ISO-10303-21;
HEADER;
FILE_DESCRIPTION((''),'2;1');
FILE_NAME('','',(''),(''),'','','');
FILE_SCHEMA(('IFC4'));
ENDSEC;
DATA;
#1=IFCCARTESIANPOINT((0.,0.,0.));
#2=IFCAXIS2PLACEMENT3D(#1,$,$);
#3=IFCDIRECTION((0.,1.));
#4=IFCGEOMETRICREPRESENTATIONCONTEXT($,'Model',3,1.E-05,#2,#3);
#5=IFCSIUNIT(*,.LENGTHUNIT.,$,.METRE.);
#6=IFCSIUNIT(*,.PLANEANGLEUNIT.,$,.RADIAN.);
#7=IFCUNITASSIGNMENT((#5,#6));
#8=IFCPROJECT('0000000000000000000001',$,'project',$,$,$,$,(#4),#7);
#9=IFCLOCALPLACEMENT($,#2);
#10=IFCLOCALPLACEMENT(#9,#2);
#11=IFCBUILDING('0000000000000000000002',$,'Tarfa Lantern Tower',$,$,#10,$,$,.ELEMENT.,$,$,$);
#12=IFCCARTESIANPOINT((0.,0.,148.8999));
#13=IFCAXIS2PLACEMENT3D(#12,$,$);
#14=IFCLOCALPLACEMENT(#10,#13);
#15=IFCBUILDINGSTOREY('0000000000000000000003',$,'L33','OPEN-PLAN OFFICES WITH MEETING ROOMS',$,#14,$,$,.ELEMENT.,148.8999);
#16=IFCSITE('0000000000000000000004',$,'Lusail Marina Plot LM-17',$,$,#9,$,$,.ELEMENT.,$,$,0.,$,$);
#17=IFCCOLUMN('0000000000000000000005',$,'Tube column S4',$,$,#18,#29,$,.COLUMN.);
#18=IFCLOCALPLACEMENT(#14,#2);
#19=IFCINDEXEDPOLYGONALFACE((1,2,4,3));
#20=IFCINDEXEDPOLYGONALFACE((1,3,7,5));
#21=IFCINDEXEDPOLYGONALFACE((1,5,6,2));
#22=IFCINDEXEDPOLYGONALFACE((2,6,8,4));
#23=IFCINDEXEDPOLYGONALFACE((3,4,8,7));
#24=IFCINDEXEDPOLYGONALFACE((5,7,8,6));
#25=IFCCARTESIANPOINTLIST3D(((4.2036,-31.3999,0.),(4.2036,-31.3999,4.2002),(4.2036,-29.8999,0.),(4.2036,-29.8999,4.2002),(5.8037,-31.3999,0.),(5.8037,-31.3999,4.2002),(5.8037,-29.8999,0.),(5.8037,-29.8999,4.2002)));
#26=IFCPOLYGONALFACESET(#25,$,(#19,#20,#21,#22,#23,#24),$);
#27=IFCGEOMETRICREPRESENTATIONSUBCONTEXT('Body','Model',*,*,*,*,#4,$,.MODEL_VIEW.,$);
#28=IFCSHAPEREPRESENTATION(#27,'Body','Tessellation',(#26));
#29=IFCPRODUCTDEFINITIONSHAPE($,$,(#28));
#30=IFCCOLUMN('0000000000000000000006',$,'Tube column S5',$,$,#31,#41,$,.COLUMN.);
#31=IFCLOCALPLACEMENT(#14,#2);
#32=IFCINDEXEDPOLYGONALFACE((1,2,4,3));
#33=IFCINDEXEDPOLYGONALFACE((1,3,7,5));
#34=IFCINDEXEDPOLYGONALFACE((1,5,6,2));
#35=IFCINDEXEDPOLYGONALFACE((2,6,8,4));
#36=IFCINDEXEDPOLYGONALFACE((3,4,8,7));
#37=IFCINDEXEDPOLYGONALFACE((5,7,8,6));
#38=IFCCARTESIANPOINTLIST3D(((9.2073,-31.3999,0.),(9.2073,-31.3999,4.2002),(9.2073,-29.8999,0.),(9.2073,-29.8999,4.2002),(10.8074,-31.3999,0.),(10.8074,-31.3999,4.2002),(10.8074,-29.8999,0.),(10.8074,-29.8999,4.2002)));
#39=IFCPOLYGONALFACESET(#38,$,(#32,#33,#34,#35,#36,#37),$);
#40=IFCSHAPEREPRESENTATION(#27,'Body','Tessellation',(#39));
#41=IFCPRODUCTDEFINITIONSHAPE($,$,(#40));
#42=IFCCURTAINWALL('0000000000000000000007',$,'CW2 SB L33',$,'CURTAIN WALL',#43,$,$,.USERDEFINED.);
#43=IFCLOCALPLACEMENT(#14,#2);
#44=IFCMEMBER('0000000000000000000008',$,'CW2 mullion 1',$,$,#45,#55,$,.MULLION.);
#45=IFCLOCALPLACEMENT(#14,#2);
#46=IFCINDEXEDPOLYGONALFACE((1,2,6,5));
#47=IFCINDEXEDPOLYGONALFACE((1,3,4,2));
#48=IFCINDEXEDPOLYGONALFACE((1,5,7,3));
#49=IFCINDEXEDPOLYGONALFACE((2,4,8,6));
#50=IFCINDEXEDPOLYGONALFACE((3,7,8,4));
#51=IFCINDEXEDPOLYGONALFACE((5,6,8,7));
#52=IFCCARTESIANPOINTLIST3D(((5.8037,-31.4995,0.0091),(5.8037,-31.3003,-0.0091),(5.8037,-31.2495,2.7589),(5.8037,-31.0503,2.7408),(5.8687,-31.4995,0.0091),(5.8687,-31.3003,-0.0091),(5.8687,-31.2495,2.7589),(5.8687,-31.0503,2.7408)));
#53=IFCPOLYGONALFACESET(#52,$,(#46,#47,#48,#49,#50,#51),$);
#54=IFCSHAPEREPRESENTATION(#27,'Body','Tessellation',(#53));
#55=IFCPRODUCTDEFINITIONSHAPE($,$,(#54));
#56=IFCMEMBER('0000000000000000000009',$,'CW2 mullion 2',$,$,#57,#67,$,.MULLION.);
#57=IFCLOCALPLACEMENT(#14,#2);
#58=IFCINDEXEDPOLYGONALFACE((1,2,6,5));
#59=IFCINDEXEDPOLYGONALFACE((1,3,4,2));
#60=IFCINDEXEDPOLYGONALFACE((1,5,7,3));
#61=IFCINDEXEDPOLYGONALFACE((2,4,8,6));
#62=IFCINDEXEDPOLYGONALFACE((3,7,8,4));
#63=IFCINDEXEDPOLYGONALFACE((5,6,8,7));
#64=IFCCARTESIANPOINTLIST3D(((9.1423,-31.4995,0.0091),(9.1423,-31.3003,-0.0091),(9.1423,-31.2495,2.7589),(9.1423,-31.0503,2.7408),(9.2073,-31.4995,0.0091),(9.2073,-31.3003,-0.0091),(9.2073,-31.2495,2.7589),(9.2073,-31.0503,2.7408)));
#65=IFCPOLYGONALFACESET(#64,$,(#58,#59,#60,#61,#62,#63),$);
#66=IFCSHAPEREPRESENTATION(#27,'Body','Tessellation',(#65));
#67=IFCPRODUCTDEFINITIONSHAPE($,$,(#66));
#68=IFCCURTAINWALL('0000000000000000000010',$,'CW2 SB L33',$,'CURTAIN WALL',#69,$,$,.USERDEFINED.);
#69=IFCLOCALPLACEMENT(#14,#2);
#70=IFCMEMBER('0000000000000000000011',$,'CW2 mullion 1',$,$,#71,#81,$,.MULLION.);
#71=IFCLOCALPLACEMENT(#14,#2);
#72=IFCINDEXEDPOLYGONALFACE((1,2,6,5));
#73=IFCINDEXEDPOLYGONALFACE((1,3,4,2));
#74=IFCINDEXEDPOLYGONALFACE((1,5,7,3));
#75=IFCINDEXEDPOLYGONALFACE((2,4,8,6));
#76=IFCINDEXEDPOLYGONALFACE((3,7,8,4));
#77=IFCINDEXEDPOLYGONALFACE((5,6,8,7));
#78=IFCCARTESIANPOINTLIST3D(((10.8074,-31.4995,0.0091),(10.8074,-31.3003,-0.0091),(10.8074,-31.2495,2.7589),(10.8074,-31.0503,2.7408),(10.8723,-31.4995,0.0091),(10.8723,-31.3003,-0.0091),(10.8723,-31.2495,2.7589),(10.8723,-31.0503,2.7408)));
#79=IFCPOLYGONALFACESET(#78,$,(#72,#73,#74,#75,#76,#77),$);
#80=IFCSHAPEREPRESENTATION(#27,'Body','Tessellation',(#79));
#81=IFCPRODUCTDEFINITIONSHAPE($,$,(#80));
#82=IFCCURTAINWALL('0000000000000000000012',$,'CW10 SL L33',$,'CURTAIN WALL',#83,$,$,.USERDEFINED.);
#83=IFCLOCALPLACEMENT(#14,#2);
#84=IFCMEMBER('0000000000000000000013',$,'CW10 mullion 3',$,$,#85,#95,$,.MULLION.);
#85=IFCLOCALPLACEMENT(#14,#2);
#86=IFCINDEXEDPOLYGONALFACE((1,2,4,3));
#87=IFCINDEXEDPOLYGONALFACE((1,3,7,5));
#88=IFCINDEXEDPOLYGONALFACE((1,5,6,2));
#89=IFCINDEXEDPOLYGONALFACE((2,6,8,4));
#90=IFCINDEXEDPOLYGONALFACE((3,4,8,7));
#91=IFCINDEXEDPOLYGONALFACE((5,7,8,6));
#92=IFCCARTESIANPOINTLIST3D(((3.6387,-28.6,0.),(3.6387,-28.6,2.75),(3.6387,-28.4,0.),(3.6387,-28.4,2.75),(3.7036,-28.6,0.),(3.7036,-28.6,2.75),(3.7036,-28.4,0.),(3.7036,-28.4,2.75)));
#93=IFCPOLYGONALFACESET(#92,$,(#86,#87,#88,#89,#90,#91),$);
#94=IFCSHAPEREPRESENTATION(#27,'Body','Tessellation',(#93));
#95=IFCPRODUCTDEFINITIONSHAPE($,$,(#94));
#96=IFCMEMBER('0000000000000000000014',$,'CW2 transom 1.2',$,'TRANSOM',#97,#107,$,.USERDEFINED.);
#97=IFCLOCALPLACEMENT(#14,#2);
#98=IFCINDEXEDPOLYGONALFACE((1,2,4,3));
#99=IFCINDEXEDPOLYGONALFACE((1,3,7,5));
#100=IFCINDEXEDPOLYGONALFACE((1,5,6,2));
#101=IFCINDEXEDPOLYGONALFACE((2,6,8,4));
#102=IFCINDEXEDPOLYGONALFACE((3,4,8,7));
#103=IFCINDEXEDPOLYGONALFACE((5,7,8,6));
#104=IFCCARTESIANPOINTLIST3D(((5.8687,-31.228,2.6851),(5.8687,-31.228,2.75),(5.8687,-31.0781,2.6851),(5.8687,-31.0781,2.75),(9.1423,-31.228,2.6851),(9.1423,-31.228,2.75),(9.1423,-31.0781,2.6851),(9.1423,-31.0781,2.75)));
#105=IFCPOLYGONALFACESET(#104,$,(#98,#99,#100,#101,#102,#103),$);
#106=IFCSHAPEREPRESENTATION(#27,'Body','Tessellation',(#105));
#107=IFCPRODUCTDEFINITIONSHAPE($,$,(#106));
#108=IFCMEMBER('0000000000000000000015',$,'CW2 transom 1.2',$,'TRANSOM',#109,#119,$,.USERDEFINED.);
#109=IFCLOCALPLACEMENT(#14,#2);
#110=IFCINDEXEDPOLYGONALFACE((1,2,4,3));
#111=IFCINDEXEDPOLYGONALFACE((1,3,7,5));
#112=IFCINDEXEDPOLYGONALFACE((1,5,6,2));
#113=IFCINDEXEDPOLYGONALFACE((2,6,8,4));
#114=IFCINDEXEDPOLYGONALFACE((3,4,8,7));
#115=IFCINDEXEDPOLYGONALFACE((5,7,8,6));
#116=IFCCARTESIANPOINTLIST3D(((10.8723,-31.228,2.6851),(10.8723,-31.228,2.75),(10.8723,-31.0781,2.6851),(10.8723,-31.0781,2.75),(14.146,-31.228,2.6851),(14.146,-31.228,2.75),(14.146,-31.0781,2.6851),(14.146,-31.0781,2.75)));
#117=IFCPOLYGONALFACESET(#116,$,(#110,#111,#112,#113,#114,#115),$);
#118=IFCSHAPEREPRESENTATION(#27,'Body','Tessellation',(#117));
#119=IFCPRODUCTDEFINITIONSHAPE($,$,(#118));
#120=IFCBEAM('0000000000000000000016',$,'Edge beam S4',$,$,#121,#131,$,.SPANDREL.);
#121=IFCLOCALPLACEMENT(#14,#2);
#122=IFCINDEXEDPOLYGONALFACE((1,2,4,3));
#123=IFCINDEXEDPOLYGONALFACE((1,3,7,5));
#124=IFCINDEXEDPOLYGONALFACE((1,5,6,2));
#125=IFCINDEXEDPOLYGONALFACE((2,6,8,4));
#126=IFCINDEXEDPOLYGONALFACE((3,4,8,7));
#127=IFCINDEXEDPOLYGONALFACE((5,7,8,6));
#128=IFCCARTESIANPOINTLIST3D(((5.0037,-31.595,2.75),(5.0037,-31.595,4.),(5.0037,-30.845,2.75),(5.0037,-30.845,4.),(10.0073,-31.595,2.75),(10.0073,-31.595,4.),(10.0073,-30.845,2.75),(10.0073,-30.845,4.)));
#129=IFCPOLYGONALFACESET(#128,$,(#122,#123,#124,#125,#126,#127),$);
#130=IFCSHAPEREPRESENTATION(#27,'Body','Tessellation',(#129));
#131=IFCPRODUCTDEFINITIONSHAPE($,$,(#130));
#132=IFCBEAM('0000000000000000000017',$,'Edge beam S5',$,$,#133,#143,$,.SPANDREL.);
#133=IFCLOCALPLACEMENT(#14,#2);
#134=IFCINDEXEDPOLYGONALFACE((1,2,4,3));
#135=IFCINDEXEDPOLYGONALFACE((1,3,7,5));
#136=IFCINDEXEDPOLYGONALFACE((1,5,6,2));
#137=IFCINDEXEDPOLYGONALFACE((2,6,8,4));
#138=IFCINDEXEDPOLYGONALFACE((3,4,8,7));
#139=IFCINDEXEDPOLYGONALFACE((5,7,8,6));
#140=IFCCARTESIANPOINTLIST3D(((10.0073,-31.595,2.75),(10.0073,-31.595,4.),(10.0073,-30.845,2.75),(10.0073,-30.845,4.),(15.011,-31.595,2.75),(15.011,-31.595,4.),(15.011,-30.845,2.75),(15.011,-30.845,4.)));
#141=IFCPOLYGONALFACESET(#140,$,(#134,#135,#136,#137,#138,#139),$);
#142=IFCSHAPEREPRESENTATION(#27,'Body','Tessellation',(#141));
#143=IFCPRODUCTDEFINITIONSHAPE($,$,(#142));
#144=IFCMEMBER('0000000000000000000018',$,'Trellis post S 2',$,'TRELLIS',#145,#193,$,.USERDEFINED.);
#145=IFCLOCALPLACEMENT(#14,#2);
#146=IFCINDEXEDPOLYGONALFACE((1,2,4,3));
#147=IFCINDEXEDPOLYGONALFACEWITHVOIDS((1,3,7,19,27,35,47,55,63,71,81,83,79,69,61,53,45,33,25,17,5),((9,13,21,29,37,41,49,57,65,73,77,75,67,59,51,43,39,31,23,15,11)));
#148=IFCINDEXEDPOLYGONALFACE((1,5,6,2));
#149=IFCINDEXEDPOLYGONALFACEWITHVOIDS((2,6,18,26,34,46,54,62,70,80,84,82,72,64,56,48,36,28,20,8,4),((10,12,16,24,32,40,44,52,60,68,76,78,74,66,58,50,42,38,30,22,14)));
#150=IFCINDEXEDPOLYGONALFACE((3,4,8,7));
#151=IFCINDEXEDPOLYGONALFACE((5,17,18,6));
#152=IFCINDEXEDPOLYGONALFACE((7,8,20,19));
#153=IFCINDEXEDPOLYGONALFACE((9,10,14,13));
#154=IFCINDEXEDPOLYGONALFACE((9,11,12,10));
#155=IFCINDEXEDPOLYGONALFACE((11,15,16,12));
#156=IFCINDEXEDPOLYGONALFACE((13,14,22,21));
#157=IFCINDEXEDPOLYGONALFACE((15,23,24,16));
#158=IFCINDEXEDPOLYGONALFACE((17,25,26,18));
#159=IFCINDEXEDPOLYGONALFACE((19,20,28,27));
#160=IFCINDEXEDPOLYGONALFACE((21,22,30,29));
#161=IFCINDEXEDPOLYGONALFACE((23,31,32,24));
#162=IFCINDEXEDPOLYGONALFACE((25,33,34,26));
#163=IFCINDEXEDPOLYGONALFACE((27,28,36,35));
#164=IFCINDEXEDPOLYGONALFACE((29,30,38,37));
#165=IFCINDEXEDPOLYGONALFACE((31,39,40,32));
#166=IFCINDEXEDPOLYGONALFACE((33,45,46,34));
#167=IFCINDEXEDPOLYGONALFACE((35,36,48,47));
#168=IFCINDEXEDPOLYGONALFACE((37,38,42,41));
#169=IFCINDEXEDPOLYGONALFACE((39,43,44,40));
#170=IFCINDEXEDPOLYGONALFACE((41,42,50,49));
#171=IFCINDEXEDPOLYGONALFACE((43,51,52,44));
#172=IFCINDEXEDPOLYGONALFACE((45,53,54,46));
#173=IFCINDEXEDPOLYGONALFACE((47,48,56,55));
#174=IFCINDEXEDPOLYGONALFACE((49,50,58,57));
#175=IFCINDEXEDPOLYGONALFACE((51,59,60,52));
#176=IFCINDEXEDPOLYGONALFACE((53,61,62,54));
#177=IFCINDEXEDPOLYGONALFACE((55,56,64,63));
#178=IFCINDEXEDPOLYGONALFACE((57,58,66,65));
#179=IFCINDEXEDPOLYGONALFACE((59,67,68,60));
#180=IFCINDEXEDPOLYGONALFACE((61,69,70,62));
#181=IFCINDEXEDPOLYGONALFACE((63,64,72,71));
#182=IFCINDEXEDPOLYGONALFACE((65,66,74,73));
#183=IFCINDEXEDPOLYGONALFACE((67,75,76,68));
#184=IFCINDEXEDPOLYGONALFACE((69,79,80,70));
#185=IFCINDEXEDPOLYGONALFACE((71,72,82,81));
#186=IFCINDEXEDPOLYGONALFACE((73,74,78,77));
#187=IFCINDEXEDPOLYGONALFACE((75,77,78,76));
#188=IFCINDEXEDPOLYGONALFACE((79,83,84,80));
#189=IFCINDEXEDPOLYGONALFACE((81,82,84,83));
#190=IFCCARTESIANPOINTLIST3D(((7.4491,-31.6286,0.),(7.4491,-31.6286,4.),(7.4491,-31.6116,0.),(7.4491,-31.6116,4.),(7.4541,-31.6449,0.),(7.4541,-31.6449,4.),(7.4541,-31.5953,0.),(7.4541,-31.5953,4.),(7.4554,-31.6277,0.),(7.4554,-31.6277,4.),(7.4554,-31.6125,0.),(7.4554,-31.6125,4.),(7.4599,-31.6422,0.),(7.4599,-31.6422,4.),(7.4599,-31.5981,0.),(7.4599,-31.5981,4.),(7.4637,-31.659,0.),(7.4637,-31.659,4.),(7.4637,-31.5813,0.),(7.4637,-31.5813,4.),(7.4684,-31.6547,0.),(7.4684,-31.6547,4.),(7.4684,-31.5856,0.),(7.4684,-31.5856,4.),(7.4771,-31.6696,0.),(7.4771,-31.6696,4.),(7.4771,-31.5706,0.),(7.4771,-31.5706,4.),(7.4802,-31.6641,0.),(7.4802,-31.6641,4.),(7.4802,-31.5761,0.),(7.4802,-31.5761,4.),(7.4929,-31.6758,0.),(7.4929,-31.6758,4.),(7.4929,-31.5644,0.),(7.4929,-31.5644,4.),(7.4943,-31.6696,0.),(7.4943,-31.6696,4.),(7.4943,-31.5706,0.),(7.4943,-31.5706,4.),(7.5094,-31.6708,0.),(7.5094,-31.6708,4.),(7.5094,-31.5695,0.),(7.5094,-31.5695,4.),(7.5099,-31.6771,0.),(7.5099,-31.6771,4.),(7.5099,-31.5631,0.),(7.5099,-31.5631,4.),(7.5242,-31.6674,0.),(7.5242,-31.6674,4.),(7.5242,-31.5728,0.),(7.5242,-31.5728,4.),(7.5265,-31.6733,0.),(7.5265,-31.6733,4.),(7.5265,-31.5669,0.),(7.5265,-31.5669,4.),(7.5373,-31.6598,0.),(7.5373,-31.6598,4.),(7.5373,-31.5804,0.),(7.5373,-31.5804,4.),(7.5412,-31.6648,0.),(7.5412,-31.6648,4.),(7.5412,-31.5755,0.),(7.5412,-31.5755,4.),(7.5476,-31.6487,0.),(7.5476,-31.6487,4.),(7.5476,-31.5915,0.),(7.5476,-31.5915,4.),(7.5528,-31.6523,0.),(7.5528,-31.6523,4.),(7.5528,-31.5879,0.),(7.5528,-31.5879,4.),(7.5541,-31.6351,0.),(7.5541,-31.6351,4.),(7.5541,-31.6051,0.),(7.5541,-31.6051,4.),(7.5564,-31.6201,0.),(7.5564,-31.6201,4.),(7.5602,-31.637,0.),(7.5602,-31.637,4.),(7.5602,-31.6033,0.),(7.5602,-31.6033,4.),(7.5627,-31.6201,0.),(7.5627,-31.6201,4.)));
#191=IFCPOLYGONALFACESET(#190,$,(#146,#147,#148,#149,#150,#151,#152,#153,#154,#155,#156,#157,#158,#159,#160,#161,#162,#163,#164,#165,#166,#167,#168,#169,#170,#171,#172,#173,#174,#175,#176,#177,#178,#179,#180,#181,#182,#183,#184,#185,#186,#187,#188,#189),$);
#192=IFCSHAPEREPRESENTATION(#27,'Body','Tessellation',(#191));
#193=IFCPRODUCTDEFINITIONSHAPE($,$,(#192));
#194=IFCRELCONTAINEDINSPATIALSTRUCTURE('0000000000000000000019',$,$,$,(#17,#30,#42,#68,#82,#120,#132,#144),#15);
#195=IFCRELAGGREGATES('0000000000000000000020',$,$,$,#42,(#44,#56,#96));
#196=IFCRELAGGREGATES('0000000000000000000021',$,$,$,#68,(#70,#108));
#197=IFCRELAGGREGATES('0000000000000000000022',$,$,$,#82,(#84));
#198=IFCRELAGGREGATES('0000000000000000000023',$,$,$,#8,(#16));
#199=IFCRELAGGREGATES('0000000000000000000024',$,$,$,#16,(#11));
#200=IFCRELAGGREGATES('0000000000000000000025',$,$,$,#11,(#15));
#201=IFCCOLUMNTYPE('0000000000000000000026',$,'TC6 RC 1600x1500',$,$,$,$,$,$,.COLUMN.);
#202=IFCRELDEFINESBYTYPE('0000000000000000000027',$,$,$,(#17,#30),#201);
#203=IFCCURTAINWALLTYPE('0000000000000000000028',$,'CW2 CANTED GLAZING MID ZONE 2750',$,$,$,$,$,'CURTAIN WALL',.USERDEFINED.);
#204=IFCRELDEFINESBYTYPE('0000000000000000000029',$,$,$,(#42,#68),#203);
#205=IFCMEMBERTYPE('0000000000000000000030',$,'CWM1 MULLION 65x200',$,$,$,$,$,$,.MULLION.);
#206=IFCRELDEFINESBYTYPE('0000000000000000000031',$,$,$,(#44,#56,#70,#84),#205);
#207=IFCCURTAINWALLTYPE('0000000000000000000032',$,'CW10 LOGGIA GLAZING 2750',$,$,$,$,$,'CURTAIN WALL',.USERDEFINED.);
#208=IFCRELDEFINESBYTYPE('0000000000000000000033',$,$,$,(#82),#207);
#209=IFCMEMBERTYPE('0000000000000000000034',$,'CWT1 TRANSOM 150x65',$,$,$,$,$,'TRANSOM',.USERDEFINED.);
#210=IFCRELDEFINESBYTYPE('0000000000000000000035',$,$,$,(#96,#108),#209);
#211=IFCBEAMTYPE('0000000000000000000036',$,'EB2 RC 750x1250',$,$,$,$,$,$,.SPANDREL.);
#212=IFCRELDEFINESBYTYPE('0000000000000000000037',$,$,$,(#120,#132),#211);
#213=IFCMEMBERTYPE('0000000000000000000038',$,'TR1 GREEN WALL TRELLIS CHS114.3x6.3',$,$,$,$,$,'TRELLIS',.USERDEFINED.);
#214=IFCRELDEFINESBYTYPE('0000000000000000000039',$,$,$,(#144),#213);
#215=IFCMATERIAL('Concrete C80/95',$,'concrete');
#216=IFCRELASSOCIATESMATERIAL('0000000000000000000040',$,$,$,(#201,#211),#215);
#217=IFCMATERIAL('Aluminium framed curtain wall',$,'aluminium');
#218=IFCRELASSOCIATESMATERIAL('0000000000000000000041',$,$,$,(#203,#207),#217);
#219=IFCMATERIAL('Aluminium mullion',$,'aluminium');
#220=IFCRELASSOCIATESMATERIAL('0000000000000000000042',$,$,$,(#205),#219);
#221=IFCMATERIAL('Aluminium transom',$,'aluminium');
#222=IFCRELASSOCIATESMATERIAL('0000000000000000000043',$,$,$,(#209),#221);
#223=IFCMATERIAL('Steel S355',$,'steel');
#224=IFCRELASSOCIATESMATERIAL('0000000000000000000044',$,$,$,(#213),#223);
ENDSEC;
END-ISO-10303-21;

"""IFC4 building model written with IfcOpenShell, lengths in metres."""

from ifc_helpers import new_model, si_unit, direction, frame, origin, origin_2d, place, context, subcontext, project, spatial, rectangle, hollow_circle, extrude, material, material_profile, profile_set, type_object, element, aggregate, save


model = new_model("IFC4")

# Units and contexts
model_context = context("Model", 3, precision=1e-05, world=origin(), true_north=direction((0.0, 1.0)))
body_context = subcontext(model_context, "Body", "Model", "MODEL_VIEW")
ifc_project = project(units=[si_unit("LENGTHUNIT", "METRE"), si_unit("PLANEANGLEUNIT", "RADIAN")], contexts=[model_context])

# Site, building, storey
site_placement = place(None, origin())
site = spatial("IfcSite", under=ifc_project, at=site_placement, Name="Lusail Marina Plot LM-17", CompositionType="ELEMENT", RefElevation=0.0)
building_placement = place(site_placement, origin())
building = spatial("IfcBuilding", under=site, at=building_placement, Name="Tarfa Lantern Tower", CompositionType="ELEMENT")
storey_placement = place(building_placement, frame((0.0, 0.0, 148.8999)))
storey = spatial("IfcBuildingStorey", under=building, at=storey_placement, Name="L33", Description="OPEN-PLAN OFFICES WITH MEETING ROOMS", CompositionType="ELEMENT", Elevation=148.8999)

# Columns
ifc_material_1 = material(Name="Concrete C80/95", Category="concrete")
ifc_material_profile_1 = material_profile(ifc_material_1, rectangle(XDim=1.6001, YDim=1.5, at=origin_2d()), Name="RC 1600x1500")
ifc_profile_set_1 = profile_set([ifc_material_profile_1], Name="Concrete C80/95")
column_type = type_object("IfcColumnType", Name="TC6 RC 1600x1500", PredefinedType="COLUMN", material=ifc_profile_set_1)
for number, where, z_axis, x_axis, name in (
    (1, (5.0037, -30.6499, 0.0), (0.0, 0.0, 1.0), (1.0, 0.0, 0.0), "Tube column S4"),
    (2, (10.0073, -30.6499, 0.0), (0.0, 0.0, 1.0), (1.0, 0.0, 0.0), "Tube column S5"),
):
    element("IfcColumn", number, at=place(storey_placement, frame(where, z_axis=z_axis, x_axis=x_axis)), inside=storey, type_object=column_type, Name=name, PredefinedType="COLUMN", context=body_context, shape_type="SweptSolid", body=[
        extrude(rectangle(XDim=1.6001, YDim=1.5, at=origin_2d()), origin(), (0.0, 0.0, 1.0), 4.2002),
    ])

# Curtain wall, members
ifc_material_2 = material(Name="Aluminium framed curtain wall", Category="aluminium")
curtain_wall_type_1 = type_object("IfcCurtainWallType", Name="CW2 CANTED GLAZING MID ZONE 2750", ElementType="CURTAIN WALL", PredefinedType="USERDEFINED", material=ifc_material_2)
curtain_wall_1_placement = place(storey_placement, origin())
curtain_wall_1 = element("IfcCurtainWall", 3, at=curtain_wall_1_placement, inside=storey, type_object=curtain_wall_type_1, Name="CW2 SB L33", ObjectType="CURTAIN WALL", PredefinedType="USERDEFINED")
ifc_material_3 = material(Name="Aluminium mullion", Category="aluminium")
ifc_material_profile_2 = material_profile(ifc_material_3, rectangle(XDim=0.0649, YDim=0.2, at=origin_2d()), Name="AL MULLION 65x200")
ifc_profile_set_2 = profile_set([ifc_material_profile_2], Name="Aluminium mullion")
member_type_1 = type_object("IfcMemberType", Name="CWM1 MULLION 65x200", PredefinedType="MULLION", material=ifc_profile_set_2)
member_1_placement = place(storey_placement, frame((5.8362, -31.3999, 0.0), z_axis=(0.0, 0.090536, 0.995893), x_axis=(-1.0, 0.0, 0.0)))
member_1 = element("IfcMember", 4, at=member_1_placement, type_object=member_type_1, Name="CW2 mullion 1", PredefinedType="MULLION", context=body_context, shape_type="SweptSolid", body=[
    extrude(rectangle(XDim=0.0649, YDim=0.2, at=origin_2d()), origin(), (0.0, 0.0, 1.0), 2.7612),
])
member_2_placement = place(storey_placement, frame((9.1748, -31.3999, 0.0), z_axis=(0.0, 0.090536, 0.995893), x_axis=(-1.0, 0.0, 0.0)))
member_2 = element("IfcMember", 5, at=member_2_placement, type_object=member_type_1, Name="CW2 mullion 2", PredefinedType="MULLION", context=body_context, shape_type="SweptSolid", body=[
    extrude(rectangle(XDim=0.0649, YDim=0.2, at=origin_2d()), origin(), (0.0, 0.0, 1.0), 2.7612),
])

# Curtain walls, members
curtain_wall_2_placement = place(storey_placement, origin())
curtain_wall_2 = element("IfcCurtainWall", 6, at=curtain_wall_2_placement, inside=storey, type_object=curtain_wall_type_1, Name="CW2 SB L33", ObjectType="CURTAIN WALL", PredefinedType="USERDEFINED")
member_3_placement = place(storey_placement, frame((10.8398, -31.3999, 0.0), z_axis=(0.0, 0.090536, 0.995893), x_axis=(-1.0, 0.0, 0.0)))
member_3 = element("IfcMember", 7, at=member_3_placement, type_object=member_type_1, Name="CW2 mullion 1", PredefinedType="MULLION", context=body_context, shape_type="SweptSolid", body=[
    extrude(rectangle(XDim=0.0649, YDim=0.2, at=origin_2d()), origin(), (0.0, 0.0, 1.0), 2.7612),
])
curtain_wall_type_2 = type_object("IfcCurtainWallType", Name="CW10 LOGGIA GLAZING 2750", ElementType="CURTAIN WALL", PredefinedType="USERDEFINED", material=ifc_material_2)
curtain_wall_3_placement = place(storey_placement, origin())
curtain_wall_3 = element("IfcCurtainWall", 8, at=curtain_wall_3_placement, inside=storey, type_object=curtain_wall_type_2, Name="CW10 SL L33", ObjectType="CURTAIN WALL", PredefinedType="USERDEFINED")
member_4_placement = place(storey_placement, frame((3.6711, -28.5, 0.0), z_axis=(0.0, 0.0, 1.0), x_axis=(1.0, 0.0, 0.0)))
member_4 = element("IfcMember", 9, at=member_4_placement, type_object=member_type_1, Name="CW10 mullion 3", PredefinedType="MULLION", context=body_context, shape_type="SweptSolid", body=[
    extrude(rectangle(XDim=0.0649, YDim=0.2, at=origin_2d()), origin(), (0.0, 0.0, 1.0), 2.75),
])

# Members
ifc_material_4 = material(Name="Aluminium transom", Category="aluminium")
ifc_material_profile_3 = material_profile(ifc_material_4, rectangle(XDim=0.1499, YDim=0.0649, at=origin_2d()), Name="AL TRANSOM 150x65")
ifc_profile_set_3 = profile_set([ifc_material_profile_3], Name="Aluminium transom")
member_type_2 = type_object("IfcMemberType", Name="CWT1 TRANSOM 150x65", ElementType="TRANSOM", PredefinedType="USERDEFINED", material=ifc_profile_set_3)
member_5_placement = place(storey_placement, frame((5.8687, -31.1531, 2.7175), z_axis=(1.0, 0.0, 0.0), x_axis=(0.0, 1.0, 0.0)))
member_5 = element("IfcMember", 10, at=member_5_placement, type_object=member_type_2, Name="CW2 transom 1.2", ObjectType="TRANSOM", PredefinedType="USERDEFINED", context=body_context, shape_type="SweptSolid", body=[
    extrude(rectangle(XDim=0.1499, YDim=0.0649, at=origin_2d()), origin(), (0.0, 0.0, 1.0), 3.2737),
])
member_6_placement = place(storey_placement, frame((10.8723, -31.1531, 2.7175), z_axis=(1.0, 0.0, 0.0), x_axis=(0.0, 1.0, 0.0)))
member_6 = element("IfcMember", 11, at=member_6_placement, type_object=member_type_2, Name="CW2 transom 1.2", ObjectType="TRANSOM", PredefinedType="USERDEFINED", context=body_context, shape_type="SweptSolid", body=[
    extrude(rectangle(XDim=0.1499, YDim=0.0649, at=origin_2d()), origin(), (0.0, 0.0, 1.0), 3.2737),
])

# Beams
ifc_material_profile_4 = material_profile(ifc_material_1, rectangle(XDim=0.75, YDim=1.25, at=origin_2d()), Name="RC 750x1250")
ifc_profile_set_4 = profile_set([ifc_material_profile_4], Name="Concrete C80/95")
beam_type_1 = type_object("IfcBeamType", Name="EB2 RC 750x1250", PredefinedType="SPANDREL", material=ifc_profile_set_4)
for number, where, z_axis, x_axis, name in (
    (12, (5.0037, -31.22, 3.375), (1.0, 0.0, 0.0), (0.0, 1.0, 0.0), "Edge beam S4"),
    (13, (10.0073, -31.22, 3.375), (1.0, 0.0, 0.0), (0.0, 1.0, 0.0), "Edge beam S5"),
):
    element("IfcBeam", number, at=place(storey_placement, frame(where, z_axis=z_axis, x_axis=x_axis)), inside=storey, type_object=beam_type_1, Name=name, PredefinedType="SPANDREL", context=body_context, shape_type="SweptSolid", body=[
        extrude(rectangle(XDim=0.75, YDim=1.25, at=origin_2d()), origin(), (0.0, 0.0, 1.0), 5.0037),
    ])

# Member
ifc_material_5 = material(Name="Steel S355", Category="steel")
ifc_material_profile_5 = material_profile(ifc_material_5, hollow_circle(Radius=0.0571, WallThickness=0.0063, at=origin_2d()), Name="CHS114.3x6.3")
ifc_profile_set_5 = profile_set([ifc_material_profile_5], Name="Steel S355")
member_type_3 = type_object("IfcMemberType", Name="TR1 GREEN WALL TRELLIS CHS114.3x6.3", ElementType="TRELLIS", PredefinedType="USERDEFINED", material=ifc_profile_set_5)
member_7_placement = place(storey_placement, frame((7.5056, -31.6201, 0.0), z_axis=(0.0, 0.0, 1.0), x_axis=(1.0, 0.0, 0.0)))
element("IfcMember", 14, at=member_7_placement, inside=storey, type_object=member_type_3, Name="Trellis post S 2", ObjectType="TRELLIS", PredefinedType="USERDEFINED", context=body_context, shape_type="SweptSolid", body=[
    extrude(hollow_circle(Radius=0.0571, WallThickness=0.0063, at=origin_2d()), origin(), (0.0, 0.0, 1.0), 4.0),
])

aggregate(curtain_wall_1, [member_1, member_2, member_5])
aggregate(curtain_wall_2, [member_3, member_6])
aggregate(curtain_wall_3, [member_4])

save(model, "model.ifc")
